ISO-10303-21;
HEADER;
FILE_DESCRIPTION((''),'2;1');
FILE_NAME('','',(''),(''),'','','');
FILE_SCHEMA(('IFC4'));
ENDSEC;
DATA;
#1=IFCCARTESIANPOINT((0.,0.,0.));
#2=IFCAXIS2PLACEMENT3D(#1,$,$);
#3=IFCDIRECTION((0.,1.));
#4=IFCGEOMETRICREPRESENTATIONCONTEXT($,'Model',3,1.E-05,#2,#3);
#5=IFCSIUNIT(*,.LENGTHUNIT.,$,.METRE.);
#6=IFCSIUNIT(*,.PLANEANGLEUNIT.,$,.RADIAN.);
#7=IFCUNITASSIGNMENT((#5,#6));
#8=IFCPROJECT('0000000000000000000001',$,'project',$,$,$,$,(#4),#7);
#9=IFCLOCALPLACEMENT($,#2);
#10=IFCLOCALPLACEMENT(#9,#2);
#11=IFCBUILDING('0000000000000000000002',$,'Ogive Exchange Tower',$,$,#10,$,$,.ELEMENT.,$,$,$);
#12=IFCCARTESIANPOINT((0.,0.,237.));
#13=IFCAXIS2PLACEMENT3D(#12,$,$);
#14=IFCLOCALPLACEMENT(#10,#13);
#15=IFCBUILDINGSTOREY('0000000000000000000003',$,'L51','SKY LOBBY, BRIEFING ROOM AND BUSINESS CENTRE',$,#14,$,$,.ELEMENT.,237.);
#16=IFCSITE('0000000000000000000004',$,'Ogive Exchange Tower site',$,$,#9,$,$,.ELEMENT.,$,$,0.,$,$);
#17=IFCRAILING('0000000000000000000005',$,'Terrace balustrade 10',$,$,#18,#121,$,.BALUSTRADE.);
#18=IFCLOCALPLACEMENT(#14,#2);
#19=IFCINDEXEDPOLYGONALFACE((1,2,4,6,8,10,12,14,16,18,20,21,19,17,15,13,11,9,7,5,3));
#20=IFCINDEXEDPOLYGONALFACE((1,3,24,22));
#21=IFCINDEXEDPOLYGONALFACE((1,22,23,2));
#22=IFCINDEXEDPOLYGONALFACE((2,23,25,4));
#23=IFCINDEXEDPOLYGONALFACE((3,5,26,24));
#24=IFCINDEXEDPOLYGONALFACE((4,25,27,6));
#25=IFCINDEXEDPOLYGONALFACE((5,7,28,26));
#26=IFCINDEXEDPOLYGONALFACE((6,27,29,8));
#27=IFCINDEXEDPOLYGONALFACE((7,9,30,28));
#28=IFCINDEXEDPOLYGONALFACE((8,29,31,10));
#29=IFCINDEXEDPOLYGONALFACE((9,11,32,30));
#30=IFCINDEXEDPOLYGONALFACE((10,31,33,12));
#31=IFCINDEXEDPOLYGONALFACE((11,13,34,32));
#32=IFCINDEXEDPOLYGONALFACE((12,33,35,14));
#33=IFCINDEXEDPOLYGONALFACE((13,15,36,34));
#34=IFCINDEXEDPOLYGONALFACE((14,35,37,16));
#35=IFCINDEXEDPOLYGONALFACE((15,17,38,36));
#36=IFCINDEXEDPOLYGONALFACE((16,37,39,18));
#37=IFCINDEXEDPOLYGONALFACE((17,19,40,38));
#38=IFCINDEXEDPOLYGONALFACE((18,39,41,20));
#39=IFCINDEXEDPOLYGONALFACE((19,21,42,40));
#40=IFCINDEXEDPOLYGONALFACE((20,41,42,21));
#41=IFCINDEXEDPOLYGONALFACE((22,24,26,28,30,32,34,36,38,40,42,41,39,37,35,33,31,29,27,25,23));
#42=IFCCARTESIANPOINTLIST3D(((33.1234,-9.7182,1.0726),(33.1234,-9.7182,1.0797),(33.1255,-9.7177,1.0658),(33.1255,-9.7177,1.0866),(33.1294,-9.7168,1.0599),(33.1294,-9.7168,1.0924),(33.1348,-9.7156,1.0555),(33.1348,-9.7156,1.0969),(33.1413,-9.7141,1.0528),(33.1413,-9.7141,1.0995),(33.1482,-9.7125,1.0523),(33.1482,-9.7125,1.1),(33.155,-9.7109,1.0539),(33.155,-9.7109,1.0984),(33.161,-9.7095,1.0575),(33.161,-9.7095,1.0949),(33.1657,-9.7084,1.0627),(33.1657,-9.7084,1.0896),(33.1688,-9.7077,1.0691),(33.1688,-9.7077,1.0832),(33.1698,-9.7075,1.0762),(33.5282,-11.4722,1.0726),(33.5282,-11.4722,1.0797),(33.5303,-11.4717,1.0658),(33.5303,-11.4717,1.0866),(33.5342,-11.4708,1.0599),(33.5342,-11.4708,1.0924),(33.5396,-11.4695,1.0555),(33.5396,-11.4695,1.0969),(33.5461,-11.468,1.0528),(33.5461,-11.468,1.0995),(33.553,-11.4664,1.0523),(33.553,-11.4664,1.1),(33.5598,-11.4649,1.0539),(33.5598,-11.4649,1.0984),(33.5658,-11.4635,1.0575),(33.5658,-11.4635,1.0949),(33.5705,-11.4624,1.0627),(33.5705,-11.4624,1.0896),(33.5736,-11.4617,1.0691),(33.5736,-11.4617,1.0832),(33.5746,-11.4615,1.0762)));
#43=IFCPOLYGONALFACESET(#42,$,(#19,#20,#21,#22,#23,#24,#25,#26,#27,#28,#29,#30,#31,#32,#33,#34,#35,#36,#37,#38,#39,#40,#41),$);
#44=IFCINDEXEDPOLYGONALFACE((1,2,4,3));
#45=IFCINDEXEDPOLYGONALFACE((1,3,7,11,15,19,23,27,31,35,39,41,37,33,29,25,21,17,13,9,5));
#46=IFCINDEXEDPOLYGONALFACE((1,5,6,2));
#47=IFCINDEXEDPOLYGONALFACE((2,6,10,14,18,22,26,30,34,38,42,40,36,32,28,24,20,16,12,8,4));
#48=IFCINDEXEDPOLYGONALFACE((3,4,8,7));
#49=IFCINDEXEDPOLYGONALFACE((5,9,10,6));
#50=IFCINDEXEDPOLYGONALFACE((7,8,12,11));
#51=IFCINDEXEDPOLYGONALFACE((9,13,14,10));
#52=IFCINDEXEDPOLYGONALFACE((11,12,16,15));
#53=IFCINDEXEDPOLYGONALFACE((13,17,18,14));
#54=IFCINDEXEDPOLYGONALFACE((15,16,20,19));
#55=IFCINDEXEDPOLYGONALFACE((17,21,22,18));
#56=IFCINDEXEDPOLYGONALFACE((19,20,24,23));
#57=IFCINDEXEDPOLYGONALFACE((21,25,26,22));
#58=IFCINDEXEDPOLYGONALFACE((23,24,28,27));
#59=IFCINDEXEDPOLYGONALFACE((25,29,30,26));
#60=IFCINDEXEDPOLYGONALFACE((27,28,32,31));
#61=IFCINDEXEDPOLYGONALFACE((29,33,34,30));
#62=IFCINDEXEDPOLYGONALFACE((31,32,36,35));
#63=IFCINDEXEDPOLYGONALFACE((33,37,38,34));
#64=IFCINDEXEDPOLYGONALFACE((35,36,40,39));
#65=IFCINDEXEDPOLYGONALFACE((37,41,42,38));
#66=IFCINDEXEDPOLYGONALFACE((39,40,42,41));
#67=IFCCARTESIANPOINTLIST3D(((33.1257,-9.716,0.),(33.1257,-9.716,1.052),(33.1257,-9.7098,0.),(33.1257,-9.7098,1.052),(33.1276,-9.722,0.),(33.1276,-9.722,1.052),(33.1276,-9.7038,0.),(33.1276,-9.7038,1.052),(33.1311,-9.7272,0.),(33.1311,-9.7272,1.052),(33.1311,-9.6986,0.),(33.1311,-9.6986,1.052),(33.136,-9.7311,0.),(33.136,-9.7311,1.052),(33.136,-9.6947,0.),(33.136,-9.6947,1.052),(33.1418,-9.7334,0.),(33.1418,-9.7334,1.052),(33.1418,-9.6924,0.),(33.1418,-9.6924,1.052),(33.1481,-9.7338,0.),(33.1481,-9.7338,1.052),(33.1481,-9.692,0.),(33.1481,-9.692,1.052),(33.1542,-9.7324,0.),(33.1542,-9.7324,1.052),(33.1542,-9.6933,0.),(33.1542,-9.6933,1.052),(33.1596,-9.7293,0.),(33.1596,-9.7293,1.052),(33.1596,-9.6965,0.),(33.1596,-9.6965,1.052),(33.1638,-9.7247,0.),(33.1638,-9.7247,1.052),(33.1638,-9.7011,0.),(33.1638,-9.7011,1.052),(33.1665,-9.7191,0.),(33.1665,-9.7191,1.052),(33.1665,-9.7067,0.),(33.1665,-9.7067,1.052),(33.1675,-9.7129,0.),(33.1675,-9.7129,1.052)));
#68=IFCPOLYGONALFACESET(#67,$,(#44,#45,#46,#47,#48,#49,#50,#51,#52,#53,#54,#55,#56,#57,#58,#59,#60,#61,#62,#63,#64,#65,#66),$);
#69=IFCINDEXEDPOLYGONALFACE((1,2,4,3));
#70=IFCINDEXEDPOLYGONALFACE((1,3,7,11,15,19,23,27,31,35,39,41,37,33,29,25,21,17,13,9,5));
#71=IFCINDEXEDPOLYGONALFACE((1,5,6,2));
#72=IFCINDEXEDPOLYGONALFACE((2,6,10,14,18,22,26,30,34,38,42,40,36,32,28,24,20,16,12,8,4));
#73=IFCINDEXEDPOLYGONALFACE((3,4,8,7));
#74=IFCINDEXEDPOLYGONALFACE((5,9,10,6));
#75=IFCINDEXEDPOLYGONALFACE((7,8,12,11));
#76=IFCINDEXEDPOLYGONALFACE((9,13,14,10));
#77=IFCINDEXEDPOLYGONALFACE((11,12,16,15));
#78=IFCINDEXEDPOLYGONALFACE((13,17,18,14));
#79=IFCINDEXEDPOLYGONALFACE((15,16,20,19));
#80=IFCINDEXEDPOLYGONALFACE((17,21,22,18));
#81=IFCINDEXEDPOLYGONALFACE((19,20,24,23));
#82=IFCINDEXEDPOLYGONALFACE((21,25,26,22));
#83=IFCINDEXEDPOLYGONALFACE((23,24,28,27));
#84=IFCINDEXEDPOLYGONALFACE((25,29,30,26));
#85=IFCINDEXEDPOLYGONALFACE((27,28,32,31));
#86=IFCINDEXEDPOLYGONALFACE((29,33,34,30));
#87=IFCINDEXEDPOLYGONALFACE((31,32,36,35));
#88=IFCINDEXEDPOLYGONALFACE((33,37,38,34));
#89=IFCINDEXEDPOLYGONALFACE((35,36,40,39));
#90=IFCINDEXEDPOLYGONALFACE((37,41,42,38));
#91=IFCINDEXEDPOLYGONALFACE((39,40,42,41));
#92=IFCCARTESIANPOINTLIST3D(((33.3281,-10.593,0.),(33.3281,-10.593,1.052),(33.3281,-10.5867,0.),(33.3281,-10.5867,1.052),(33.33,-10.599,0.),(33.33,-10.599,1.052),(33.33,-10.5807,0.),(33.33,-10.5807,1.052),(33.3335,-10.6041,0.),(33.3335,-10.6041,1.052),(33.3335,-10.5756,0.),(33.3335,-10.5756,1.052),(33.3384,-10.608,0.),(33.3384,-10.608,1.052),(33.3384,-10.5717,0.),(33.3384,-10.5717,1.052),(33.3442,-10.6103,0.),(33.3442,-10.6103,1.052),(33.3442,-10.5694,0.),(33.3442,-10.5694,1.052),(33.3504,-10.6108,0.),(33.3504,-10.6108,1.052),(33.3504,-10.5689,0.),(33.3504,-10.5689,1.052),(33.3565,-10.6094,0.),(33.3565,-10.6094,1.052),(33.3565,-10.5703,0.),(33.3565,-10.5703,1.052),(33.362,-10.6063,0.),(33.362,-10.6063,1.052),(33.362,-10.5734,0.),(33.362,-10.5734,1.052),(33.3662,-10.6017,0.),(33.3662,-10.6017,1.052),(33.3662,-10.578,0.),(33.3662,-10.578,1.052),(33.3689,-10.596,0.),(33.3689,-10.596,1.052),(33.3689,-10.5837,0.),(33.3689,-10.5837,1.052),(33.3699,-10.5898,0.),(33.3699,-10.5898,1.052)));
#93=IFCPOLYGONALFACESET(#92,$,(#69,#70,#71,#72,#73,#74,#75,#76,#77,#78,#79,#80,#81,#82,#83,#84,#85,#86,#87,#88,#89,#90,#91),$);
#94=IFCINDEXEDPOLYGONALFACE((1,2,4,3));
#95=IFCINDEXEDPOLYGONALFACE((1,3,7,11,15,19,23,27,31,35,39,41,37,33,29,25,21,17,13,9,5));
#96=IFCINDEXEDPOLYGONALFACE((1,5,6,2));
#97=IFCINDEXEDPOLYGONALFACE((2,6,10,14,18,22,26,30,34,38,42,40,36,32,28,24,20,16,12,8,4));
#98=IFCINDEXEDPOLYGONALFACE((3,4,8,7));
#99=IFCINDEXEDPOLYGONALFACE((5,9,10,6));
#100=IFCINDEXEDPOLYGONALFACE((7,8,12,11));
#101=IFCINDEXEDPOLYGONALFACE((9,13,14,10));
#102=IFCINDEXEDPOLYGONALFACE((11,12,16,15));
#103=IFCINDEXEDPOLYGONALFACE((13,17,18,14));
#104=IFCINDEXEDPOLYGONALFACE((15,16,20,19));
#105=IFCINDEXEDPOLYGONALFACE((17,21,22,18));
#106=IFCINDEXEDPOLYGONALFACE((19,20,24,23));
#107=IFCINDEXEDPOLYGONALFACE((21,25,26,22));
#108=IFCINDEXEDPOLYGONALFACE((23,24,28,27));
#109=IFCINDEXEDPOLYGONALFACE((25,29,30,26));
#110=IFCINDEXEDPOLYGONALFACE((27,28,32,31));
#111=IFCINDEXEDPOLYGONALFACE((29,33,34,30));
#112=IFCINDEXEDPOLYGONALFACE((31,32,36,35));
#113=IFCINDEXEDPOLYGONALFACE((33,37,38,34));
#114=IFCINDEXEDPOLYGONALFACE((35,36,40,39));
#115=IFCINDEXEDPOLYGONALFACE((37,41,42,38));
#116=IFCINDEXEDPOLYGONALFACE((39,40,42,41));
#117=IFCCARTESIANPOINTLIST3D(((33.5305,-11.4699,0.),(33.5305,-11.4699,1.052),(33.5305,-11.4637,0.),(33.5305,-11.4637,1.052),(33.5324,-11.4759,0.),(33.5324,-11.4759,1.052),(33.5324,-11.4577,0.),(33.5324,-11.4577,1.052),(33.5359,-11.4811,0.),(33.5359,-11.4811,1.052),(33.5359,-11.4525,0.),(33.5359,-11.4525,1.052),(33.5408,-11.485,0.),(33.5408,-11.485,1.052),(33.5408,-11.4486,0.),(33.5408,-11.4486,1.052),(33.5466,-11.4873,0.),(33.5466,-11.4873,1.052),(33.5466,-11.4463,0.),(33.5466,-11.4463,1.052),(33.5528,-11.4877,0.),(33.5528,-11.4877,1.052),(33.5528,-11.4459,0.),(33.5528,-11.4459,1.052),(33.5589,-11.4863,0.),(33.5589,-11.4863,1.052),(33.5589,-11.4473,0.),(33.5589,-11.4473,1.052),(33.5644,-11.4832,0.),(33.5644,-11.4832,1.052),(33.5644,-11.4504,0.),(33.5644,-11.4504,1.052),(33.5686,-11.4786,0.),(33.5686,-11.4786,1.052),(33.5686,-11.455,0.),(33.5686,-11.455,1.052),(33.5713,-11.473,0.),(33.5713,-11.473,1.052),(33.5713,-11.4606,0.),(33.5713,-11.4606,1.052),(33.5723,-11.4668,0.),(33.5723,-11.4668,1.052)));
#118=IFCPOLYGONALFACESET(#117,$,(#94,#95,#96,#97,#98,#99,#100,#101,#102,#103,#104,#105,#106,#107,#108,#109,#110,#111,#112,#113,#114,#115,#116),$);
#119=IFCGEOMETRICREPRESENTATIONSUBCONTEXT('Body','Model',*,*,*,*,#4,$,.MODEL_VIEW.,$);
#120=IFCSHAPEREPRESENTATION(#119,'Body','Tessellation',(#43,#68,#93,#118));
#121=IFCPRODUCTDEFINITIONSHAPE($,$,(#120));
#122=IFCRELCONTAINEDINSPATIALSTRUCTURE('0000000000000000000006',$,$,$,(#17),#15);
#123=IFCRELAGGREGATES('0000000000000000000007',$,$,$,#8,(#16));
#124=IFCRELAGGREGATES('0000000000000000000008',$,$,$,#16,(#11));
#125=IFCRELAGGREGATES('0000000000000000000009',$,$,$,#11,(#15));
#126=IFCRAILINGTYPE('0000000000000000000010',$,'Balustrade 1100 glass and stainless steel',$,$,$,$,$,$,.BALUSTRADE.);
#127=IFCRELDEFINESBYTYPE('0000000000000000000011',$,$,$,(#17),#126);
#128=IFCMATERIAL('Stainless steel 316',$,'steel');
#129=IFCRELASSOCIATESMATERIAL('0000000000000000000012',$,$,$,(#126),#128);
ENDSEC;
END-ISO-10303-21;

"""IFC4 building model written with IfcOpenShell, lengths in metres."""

from ifc_helpers import new_model, si_unit, direction, frame, origin, origin_2d, place, context, subcontext, project, spatial, circle, extrude, material, type_object, element, save


model = new_model("IFC4")

# Units and contexts
model_context = context("Model", 3, precision=1e-05, world=origin(), true_north=direction((0.0, 1.0)))
body_context = subcontext(model_context, "Body", "Model", "MODEL_VIEW")
ifc_project = project(units=[si_unit("LENGTHUNIT", "METRE"), si_unit("PLANEANGLEUNIT", "RADIAN")], contexts=[model_context])

# Site, building, storey
site_placement = place(None, origin())
site = spatial("IfcSite", under=ifc_project, at=site_placement, Name="Ogive Exchange Tower site", CompositionType="ELEMENT", RefElevation=0.0)
building_placement = place(site_placement, origin())
building = spatial("IfcBuilding", under=site, at=building_placement, Name="Ogive Exchange Tower", CompositionType="ELEMENT")
storey_placement = place(building_placement, frame((0.0, 0.0, 237.0)))
storey = spatial("IfcBuildingStorey", under=building, at=storey_placement, Name="L51", Description="SKY LOBBY, BRIEFING ROOM AND BUSINESS CENTRE", CompositionType="ELEMENT", Elevation=237.0)

# Railing
ifc_material_1 = material(Name="Stainless steel 316", Category="steel")
railing_type = type_object("IfcRailingType", Name="Balustrade 1100 glass and stainless steel", PredefinedType="BALUSTRADE", material=ifc_material_1)
railing_1_placement = place(storey_placement, frame((33.1465, -9.7129, 0.0)))
element("IfcRailing", 1, at=railing_1_placement, inside=storey, type_object=railing_type, Name="Terrace balustrade 10", PredefinedType="BALUSTRADE", context=body_context, shape_type="SweptSolid", body=[
    extrude(circle(Radius=0.0239, at=origin_2d()), frame((0.0, 0.0, 1.0762), z_axis=(0.224879, -0.974387, 0.0), x_axis=(0.974387, 0.224879, 0.0)), (0.0, 0.0, 1.0), 1.8),
    extrude(circle(Radius=0.021, at=origin_2d()), origin(), (0.0, 0.0, 1.0), 1.052),
    extrude(circle(Radius=0.021, at=origin_2d()), frame((0.2024, -0.877, 0.0)), (0.0, 0.0, 1.0), 1.052),
    extrude(circle(Radius=0.021, at=origin_2d()), frame((0.4048, -1.7539, 0.0)), (0.0, 0.0, 1.0), 1.052),
])

save(model, "model.ifc")
